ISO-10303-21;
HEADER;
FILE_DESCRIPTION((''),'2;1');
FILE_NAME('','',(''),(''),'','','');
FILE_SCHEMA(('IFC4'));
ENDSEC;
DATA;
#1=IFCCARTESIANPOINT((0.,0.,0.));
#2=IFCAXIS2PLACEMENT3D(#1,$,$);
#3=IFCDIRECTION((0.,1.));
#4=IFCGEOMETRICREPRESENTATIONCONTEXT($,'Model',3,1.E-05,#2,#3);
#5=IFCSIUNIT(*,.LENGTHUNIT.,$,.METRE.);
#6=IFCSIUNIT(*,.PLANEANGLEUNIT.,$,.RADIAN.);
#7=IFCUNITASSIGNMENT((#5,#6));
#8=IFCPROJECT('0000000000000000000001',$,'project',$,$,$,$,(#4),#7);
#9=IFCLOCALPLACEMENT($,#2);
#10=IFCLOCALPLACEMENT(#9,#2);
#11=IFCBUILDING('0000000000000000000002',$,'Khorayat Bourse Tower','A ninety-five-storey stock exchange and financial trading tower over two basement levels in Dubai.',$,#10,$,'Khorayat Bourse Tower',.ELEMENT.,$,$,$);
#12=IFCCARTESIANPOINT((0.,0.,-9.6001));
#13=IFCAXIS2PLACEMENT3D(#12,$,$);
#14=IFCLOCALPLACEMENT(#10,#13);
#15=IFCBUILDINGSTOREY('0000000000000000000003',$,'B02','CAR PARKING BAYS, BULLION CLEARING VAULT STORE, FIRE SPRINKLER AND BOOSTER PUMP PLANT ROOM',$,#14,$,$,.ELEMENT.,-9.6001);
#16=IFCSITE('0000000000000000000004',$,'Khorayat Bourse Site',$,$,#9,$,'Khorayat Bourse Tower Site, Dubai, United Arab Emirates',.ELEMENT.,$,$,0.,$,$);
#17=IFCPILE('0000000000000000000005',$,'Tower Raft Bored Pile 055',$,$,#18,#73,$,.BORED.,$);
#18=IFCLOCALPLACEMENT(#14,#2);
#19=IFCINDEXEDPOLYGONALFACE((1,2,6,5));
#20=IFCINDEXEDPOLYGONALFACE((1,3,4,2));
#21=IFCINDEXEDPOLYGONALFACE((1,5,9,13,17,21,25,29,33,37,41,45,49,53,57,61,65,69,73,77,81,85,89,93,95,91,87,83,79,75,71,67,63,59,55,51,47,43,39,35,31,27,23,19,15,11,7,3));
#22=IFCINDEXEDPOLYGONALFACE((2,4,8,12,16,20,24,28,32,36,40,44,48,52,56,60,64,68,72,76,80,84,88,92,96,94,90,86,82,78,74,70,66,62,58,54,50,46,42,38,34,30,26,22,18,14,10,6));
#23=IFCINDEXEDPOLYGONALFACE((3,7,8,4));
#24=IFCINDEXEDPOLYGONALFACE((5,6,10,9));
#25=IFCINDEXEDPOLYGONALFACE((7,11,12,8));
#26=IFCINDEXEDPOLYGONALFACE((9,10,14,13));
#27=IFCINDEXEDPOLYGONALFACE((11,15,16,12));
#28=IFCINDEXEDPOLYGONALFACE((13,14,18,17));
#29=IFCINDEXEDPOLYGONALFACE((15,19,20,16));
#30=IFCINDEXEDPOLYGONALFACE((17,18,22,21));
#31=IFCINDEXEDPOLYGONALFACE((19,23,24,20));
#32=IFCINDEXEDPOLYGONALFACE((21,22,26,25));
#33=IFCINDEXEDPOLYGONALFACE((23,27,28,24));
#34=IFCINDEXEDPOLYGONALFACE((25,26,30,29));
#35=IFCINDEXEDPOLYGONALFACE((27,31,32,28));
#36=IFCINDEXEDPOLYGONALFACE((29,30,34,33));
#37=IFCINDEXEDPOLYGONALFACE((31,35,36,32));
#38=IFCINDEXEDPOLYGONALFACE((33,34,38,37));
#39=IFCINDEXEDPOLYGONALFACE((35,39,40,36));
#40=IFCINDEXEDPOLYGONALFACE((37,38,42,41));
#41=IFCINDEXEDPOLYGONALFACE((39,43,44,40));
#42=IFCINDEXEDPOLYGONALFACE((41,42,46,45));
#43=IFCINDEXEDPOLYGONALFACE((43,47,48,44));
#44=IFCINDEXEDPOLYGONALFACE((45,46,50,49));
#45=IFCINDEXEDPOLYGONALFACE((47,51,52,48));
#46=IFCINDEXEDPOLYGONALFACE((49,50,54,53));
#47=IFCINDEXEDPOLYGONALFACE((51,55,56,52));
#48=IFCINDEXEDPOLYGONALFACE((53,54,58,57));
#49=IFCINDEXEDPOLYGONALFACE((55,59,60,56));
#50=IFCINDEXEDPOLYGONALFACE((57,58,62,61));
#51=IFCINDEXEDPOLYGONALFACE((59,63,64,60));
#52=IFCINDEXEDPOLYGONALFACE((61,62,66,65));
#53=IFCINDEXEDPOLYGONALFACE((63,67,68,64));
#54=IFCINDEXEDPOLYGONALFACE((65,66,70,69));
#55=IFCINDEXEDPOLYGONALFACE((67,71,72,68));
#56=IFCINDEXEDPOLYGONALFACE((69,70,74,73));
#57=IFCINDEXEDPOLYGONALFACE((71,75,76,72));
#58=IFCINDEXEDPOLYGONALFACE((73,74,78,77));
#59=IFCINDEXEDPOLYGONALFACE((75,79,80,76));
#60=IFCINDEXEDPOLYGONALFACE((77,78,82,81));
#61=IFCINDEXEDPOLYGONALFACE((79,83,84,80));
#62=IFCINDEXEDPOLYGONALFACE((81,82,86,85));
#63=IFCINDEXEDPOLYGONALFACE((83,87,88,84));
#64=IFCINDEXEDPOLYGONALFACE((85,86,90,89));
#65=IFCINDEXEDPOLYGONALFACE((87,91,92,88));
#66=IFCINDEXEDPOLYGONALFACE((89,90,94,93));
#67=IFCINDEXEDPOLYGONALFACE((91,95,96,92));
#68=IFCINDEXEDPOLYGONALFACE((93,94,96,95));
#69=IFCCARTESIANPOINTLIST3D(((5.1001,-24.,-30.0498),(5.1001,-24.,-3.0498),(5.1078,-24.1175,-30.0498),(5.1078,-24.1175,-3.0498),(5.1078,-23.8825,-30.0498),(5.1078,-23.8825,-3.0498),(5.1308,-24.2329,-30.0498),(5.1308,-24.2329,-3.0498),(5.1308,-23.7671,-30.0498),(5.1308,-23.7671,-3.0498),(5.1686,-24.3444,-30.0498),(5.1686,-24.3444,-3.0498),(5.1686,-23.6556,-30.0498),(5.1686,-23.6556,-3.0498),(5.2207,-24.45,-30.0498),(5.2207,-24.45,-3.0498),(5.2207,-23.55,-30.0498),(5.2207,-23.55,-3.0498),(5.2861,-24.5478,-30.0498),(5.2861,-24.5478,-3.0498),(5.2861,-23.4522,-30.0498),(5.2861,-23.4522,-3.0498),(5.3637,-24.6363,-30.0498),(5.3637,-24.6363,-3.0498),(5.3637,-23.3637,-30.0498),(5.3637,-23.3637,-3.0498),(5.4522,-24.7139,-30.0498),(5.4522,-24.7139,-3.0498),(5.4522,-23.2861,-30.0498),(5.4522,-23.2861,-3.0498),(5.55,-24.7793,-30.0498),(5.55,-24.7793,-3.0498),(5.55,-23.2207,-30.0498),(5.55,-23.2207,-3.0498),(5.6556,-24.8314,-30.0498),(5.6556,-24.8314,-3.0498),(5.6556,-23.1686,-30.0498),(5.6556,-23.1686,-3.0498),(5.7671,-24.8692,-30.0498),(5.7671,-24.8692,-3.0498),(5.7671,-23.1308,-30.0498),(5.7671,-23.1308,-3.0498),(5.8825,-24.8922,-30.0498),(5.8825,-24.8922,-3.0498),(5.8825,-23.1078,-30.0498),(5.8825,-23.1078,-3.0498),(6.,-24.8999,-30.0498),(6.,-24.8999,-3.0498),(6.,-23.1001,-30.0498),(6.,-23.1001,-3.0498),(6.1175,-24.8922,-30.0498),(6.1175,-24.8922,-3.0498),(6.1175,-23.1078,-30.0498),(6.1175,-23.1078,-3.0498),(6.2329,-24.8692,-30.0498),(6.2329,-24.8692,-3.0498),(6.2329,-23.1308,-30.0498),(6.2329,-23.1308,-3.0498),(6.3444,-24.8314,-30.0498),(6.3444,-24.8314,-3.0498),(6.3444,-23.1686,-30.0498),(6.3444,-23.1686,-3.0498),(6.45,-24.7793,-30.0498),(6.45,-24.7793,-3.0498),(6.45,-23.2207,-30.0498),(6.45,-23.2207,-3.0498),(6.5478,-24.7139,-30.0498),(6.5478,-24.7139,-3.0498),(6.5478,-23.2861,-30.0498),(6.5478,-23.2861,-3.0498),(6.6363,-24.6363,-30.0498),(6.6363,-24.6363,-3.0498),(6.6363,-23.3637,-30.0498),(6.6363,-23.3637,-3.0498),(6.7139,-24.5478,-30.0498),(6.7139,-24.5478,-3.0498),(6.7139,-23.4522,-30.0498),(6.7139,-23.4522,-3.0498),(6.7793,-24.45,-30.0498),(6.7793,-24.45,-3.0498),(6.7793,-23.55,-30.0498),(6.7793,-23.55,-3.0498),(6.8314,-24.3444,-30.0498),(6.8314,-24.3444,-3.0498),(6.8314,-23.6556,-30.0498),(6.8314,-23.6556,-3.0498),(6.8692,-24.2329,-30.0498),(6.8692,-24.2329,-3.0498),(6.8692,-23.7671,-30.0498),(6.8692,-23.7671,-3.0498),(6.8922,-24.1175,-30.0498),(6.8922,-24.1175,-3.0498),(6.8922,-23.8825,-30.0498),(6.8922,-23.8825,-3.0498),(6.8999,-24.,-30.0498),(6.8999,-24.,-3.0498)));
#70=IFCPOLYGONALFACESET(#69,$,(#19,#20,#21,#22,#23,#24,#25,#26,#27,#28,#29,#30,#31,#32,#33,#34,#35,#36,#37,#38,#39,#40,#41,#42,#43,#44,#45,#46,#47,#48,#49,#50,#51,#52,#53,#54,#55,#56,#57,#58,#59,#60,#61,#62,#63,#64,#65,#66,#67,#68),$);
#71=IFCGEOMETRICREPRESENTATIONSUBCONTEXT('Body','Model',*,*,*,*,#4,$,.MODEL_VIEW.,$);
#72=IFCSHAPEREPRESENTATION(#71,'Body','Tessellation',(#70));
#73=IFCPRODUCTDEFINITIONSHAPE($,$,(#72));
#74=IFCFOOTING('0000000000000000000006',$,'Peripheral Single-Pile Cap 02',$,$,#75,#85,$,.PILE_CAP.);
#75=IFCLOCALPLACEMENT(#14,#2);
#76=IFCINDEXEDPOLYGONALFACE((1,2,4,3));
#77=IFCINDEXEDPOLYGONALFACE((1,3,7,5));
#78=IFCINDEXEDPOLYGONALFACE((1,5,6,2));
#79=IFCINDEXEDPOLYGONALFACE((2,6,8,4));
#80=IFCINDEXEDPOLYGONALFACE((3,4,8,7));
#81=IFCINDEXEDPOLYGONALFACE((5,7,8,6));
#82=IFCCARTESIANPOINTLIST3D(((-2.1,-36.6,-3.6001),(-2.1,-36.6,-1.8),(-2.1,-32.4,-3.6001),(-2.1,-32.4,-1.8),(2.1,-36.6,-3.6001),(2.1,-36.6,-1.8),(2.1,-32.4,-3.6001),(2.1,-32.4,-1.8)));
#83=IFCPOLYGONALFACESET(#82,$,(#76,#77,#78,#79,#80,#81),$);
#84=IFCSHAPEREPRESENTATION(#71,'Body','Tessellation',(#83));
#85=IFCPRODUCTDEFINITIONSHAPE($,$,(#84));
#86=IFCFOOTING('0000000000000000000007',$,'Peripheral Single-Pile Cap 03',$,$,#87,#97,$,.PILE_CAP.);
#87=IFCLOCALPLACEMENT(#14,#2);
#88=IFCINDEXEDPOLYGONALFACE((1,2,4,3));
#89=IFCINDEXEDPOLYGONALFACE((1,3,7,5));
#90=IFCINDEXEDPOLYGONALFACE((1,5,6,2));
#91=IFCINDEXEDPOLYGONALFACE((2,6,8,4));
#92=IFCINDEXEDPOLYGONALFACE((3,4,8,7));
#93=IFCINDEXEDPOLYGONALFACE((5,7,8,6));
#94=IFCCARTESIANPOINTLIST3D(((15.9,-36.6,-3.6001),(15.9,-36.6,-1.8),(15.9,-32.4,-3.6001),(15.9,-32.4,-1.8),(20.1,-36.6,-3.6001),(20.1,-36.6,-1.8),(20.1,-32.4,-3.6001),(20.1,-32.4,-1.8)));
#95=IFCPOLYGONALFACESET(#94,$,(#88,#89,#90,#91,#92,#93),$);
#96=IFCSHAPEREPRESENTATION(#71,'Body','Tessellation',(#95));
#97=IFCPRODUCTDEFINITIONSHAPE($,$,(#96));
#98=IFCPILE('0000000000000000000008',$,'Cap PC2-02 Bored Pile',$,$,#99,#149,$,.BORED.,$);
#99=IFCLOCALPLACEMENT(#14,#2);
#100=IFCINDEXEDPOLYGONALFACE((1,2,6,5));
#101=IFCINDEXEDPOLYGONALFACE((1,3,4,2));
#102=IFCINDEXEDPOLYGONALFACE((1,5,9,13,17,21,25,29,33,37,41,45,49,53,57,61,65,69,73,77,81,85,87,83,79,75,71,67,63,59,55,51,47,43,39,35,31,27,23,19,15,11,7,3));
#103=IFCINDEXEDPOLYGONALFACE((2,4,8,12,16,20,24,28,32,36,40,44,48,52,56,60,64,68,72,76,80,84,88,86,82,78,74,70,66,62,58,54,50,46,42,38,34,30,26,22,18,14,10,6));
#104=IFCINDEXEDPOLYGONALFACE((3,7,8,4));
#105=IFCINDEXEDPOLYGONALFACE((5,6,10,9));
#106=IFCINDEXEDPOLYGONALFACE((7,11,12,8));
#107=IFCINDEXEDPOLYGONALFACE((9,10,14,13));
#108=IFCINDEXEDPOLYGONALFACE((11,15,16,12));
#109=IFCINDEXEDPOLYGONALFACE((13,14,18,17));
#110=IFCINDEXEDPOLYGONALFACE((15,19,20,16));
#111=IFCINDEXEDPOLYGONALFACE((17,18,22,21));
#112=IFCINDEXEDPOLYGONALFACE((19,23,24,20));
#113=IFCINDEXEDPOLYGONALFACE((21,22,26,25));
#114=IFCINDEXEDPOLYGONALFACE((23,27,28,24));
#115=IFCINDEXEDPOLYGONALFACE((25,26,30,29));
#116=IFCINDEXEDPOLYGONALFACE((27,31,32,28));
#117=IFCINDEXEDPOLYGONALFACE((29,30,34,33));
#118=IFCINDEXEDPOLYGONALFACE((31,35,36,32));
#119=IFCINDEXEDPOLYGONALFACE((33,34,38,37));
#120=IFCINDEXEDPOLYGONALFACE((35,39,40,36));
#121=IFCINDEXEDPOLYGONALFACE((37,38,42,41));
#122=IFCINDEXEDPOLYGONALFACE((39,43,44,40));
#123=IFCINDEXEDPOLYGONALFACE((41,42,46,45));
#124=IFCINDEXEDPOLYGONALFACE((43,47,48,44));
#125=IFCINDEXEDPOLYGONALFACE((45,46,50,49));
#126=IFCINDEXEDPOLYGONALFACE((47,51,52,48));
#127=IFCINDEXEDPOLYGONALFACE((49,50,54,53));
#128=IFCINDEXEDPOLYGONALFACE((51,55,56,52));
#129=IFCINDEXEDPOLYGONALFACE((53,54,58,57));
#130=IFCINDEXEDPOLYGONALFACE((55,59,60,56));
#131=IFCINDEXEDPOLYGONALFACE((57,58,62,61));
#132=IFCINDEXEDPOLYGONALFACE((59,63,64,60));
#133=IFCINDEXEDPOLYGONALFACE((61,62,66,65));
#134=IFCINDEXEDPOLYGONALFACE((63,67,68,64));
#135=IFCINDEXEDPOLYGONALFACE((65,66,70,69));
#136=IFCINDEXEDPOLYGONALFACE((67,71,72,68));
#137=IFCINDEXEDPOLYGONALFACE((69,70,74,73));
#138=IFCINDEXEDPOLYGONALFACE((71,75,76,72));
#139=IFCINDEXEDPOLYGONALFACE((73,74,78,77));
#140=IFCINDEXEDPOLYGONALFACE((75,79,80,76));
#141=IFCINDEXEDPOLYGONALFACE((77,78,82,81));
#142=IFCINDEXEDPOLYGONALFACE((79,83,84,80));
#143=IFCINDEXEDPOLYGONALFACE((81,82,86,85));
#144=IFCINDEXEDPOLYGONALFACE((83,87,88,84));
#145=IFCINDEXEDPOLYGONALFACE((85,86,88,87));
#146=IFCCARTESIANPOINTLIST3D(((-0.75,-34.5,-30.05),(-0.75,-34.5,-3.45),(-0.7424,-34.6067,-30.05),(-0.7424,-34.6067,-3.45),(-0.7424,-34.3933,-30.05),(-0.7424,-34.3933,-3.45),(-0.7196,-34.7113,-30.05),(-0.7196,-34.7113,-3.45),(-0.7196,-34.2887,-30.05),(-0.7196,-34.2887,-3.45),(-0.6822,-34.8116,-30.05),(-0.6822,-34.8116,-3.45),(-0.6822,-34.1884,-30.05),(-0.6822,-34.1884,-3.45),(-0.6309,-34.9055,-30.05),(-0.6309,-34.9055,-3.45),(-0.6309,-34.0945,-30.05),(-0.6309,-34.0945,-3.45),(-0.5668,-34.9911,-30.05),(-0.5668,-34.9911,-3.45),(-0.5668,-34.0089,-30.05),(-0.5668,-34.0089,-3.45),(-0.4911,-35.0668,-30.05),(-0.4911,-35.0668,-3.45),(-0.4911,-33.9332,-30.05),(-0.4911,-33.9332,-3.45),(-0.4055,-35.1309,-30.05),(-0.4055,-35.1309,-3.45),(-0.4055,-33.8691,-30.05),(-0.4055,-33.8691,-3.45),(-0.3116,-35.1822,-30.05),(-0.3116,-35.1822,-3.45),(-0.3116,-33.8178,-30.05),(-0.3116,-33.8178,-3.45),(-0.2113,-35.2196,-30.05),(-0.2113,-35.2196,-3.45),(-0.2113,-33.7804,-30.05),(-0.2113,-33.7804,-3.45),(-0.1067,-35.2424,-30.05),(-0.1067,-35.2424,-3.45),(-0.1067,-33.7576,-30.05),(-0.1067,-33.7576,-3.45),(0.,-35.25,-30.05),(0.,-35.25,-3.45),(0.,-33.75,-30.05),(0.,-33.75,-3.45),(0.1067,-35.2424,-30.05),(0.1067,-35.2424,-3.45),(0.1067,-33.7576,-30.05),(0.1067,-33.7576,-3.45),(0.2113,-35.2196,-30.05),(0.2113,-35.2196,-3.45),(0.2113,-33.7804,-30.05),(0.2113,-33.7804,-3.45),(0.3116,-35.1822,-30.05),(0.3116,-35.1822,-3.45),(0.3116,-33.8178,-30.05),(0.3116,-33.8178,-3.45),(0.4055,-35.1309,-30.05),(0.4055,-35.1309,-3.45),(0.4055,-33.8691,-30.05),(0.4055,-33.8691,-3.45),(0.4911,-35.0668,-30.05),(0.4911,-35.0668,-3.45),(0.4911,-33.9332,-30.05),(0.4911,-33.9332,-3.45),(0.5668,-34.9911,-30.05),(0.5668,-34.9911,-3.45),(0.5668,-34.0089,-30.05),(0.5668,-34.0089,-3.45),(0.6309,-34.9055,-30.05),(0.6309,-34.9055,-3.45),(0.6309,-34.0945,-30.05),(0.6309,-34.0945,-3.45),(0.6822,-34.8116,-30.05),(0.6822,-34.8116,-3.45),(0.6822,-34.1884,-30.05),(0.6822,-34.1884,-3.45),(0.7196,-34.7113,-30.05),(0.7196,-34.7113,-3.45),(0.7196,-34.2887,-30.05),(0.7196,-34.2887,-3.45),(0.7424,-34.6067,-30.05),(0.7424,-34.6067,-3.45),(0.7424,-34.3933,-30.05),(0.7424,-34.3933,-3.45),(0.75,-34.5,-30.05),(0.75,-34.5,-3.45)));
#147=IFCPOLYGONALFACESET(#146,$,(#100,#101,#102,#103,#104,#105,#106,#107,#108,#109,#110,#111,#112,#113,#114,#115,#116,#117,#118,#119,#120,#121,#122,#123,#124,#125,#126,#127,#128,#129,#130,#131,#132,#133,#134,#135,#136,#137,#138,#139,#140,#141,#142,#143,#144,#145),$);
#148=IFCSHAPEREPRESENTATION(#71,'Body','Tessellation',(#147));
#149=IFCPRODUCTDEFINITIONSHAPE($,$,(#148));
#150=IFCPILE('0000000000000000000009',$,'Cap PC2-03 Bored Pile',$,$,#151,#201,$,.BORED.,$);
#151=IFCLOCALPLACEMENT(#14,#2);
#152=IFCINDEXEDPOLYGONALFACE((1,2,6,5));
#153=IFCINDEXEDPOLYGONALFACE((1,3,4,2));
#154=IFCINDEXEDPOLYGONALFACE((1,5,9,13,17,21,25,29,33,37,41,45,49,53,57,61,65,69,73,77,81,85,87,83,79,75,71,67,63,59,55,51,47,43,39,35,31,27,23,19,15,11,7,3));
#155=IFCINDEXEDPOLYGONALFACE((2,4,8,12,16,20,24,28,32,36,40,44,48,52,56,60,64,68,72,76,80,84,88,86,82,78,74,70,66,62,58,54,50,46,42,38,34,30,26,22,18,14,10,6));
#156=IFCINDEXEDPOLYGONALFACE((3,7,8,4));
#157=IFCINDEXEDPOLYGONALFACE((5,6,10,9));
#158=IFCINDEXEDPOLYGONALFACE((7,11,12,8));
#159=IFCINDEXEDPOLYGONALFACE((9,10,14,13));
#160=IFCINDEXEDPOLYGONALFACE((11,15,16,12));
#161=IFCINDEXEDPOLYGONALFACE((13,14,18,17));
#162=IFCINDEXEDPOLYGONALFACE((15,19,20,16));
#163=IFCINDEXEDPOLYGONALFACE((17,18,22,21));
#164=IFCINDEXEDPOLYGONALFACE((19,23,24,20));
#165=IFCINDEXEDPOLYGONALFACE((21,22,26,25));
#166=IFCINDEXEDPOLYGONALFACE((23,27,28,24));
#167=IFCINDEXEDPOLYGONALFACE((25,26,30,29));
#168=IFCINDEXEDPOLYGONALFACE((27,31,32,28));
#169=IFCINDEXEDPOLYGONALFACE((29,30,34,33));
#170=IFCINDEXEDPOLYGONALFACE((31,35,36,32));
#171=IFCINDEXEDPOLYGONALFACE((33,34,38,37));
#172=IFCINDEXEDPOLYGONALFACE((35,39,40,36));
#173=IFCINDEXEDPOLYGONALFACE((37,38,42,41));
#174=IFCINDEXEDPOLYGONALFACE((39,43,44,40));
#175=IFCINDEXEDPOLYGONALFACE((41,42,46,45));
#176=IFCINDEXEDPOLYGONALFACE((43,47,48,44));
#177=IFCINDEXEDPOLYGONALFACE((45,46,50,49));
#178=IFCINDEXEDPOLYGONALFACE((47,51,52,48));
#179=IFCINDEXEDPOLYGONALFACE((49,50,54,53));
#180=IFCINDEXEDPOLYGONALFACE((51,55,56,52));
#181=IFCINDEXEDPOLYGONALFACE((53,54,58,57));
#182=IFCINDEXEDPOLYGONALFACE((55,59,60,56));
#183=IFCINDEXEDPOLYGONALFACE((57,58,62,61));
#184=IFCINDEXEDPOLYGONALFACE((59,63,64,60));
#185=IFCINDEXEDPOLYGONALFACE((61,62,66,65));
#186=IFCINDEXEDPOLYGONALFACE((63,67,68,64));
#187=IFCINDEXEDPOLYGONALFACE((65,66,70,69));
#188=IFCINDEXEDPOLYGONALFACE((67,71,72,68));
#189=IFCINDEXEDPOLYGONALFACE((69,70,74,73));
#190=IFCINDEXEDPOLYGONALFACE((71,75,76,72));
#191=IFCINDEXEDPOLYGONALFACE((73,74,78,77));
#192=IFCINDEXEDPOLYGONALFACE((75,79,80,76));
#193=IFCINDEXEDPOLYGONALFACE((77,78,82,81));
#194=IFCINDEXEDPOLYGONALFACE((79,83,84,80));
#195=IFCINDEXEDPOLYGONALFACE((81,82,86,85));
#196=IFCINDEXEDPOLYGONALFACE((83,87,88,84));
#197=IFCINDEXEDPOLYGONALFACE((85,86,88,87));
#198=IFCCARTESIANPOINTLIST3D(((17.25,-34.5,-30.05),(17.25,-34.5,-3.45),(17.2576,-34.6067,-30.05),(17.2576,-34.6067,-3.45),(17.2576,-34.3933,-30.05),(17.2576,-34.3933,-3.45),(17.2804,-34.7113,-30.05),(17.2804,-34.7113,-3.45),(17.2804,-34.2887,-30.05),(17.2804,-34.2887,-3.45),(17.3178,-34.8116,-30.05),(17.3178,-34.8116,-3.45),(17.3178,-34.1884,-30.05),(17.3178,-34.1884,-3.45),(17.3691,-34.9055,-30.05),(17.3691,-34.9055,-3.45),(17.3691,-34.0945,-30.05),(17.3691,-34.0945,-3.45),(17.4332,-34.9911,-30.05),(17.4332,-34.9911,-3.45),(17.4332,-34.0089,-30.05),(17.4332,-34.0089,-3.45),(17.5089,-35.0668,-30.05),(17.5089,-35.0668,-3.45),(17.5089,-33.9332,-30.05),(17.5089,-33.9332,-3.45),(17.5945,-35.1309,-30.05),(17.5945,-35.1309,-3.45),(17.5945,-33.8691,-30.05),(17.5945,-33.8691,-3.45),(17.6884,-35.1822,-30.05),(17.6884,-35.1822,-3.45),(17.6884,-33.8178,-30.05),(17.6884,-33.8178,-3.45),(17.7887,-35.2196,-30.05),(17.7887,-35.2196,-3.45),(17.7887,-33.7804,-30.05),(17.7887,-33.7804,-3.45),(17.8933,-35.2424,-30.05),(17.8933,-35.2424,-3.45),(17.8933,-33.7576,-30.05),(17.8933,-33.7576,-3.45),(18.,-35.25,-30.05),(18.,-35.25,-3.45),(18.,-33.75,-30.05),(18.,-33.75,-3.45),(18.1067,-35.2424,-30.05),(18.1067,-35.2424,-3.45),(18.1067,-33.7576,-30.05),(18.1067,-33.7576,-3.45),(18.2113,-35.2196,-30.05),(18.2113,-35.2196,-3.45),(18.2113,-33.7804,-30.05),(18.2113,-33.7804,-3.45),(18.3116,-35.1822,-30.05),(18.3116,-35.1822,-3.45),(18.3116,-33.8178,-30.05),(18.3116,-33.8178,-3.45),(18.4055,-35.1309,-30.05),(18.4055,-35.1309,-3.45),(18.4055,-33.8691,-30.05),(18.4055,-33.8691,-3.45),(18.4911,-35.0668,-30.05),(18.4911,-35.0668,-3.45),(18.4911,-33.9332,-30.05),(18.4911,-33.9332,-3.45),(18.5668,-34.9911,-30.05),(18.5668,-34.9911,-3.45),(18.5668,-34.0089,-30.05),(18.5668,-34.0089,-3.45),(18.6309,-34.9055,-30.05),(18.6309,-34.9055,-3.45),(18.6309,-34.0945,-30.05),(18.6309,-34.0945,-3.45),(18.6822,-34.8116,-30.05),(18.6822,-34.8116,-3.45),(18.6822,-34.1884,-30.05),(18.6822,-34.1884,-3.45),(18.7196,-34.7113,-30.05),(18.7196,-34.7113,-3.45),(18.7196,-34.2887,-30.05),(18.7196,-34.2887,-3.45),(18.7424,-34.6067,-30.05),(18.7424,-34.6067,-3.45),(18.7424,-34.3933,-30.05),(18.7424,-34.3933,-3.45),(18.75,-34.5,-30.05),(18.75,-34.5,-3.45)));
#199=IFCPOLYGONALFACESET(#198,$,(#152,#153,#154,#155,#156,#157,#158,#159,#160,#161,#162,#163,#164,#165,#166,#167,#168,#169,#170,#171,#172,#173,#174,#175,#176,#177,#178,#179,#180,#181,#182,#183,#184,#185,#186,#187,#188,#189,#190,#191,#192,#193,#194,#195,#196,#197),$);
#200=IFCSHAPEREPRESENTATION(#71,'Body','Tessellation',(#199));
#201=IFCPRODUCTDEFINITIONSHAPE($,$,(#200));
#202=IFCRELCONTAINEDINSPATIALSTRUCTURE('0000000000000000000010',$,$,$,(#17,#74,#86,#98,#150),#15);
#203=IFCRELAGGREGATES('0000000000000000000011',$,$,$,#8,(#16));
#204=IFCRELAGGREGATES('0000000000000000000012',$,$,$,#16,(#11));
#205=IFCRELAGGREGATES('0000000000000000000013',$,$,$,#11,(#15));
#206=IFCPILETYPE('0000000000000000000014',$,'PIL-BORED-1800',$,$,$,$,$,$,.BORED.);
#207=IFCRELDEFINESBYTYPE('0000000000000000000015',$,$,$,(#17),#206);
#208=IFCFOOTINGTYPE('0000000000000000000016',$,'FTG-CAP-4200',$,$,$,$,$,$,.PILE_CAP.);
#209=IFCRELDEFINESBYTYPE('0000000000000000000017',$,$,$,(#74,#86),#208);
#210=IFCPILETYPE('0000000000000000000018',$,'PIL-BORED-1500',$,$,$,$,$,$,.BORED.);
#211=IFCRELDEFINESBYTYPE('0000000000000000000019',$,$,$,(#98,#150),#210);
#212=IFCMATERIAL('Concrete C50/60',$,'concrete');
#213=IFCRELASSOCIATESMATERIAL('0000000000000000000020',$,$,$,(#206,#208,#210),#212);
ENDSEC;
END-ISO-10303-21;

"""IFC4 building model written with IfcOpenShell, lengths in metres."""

from ifc_helpers import new_model, si_unit, direction, frame, origin, origin_2d, place, context, subcontext, project, spatial, rectangle, circle, extrude, source, transform, mapped, material, material_profile, profile_set, type_object, element, save


model = new_model("IFC4")

# Units and contexts
model_context = context("Model", 3, precision=1e-05, world=origin(), true_north=direction((0.0, 1.0)))
body_context = subcontext(model_context, "Body", "Model", "MODEL_VIEW")
ifc_project = project(units=[si_unit("LENGTHUNIT", "METRE"), si_unit("PLANEANGLEUNIT", "RADIAN")], contexts=[model_context])

# Site, building, storey
site_placement = place(None, origin())
site = spatial("IfcSite", under=ifc_project, at=site_placement, Name="Khorayat Bourse Site", LongName="Khorayat Bourse Tower Site, Dubai, United Arab Emirates", CompositionType="ELEMENT", RefElevation=0.0)
building_placement = place(site_placement, origin())
building = spatial("IfcBuilding", under=site, at=building_placement, Name="Khorayat Bourse Tower", Description="A ninety-five-storey stock exchange and financial trading tower over two basement levels in Dubai.", LongName="Khorayat Bourse Tower", CompositionType="ELEMENT")
storey_placement = place(building_placement, frame((0.0, 0.0, -9.6001)))
storey = spatial("IfcBuildingStorey", under=building, at=storey_placement, Name="B02", Description="CAR PARKING BAYS, BULLION CLEARING VAULT STORE, FIRE SPRINKLER AND BOOSTER PUMP PLANT ROOM", CompositionType="ELEMENT", Elevation=-9.6001)

# Pile
ifc_material_1 = material(Name="Concrete C50/60", Category="concrete")
ifc_material_profile_1 = material_profile(ifc_material_1, circle(Radius=0.8999, at=origin_2d()), Name="BORED PILE D1800")
ifc_profile_set_1 = profile_set([ifc_material_profile_1], Name="Concrete C50/60")
pile_type_1 = type_object("IfcPileType", Name="PIL-BORED-1800", PredefinedType="BORED", material=ifc_profile_set_1)
shared_shape_1 = source(origin(), body_context, "Body", "SweptSolid", [
    extrude(circle(Radius=0.8999, at=origin_2d()), origin(), (0.0, 0.0, 1.0), 27.0),
])
pile_placement = place(storey_placement, frame((6.0, -24.0, -3.0498), z_axis=(0.0, 0.0, -1.0), x_axis=(1.0, 0.0, 0.0)))
element("IfcPile", 1, at=pile_placement, inside=storey, type_object=pile_type_1, Name="Tower Raft Bored Pile 055", PredefinedType="BORED", context=body_context, shape_type="MappedRepresentation", body=[
    mapped(shared_shape_1, transform((0.0, 0.0, 0.0), scale=1.0)),
])

# Footings
footing_type_1 = type_object("IfcFootingType", Name="FTG-CAP-4200", PredefinedType="PILE_CAP", material=ifc_material_1)
shared_shape_2 = source(origin(), body_context, "Body", "SweptSolid", [
    extrude(rectangle(XDim=4.2, YDim=4.2, at=origin_2d()), origin(), (0.0, 0.0, 1.0), 1.8),
])
for number, where, z_axis, x_axis, name in (
    (2, (0.0, -34.5, -3.6001), (0.0, 0.0, 1.0), (1.0, 0.0, 0.0), "Peripheral Single-Pile Cap 02"),
    (3, (18.0, -34.5, -3.6001), (0.0, 0.0, 1.0), (1.0, 0.0, 0.0), "Peripheral Single-Pile Cap 03"),
):
    element("IfcFooting", number, at=place(storey_placement, frame(where, z_axis=z_axis, x_axis=x_axis)), inside=storey, type_object=footing_type_1, Name=name, PredefinedType="PILE_CAP", context=body_context, shape_type="MappedRepresentation", body=[
        mapped(shared_shape_2, transform((0.0, 0.0, 0.0), scale=1.0)),
    ])

# Piles
ifc_material_profile_2 = material_profile(ifc_material_1, circle(Radius=0.75, at=origin_2d()), Name="BORED PILE D1500")
ifc_profile_set_2 = profile_set([ifc_material_profile_2], Name="Concrete C50/60")
pile_type_2 = type_object("IfcPileType", Name="PIL-BORED-1500", PredefinedType="BORED", material=ifc_profile_set_2)
shared_shape_3 = source(origin(), body_context, "Body", "SweptSolid", [
    extrude(circle(Radius=0.75, at=origin_2d()), origin(), (0.0, 0.0, 1.0), 26.6001),
])
for number, where, z_axis, x_axis, name in (
    (4, (0.0, -34.5, -3.45), (0.0, 0.0, -1.0), (1.0, 0.0, 0.0), "Cap PC2-02 Bored Pile"),
    (5, (18.0, -34.5, -3.45), (0.0, 0.0, -1.0), (1.0, 0.0, 0.0), "Cap PC2-03 Bored Pile"),
):
    element("IfcPile", number, at=place(storey_placement, frame(where, z_axis=z_axis, x_axis=x_axis)), inside=storey, type_object=pile_type_2, Name=name, PredefinedType="BORED", context=body_context, shape_type="MappedRepresentation", body=[
        mapped(shared_shape_3, transform((0.0, 0.0, 0.0), scale=1.0)),
    ])

save(model, "model.ifc")
